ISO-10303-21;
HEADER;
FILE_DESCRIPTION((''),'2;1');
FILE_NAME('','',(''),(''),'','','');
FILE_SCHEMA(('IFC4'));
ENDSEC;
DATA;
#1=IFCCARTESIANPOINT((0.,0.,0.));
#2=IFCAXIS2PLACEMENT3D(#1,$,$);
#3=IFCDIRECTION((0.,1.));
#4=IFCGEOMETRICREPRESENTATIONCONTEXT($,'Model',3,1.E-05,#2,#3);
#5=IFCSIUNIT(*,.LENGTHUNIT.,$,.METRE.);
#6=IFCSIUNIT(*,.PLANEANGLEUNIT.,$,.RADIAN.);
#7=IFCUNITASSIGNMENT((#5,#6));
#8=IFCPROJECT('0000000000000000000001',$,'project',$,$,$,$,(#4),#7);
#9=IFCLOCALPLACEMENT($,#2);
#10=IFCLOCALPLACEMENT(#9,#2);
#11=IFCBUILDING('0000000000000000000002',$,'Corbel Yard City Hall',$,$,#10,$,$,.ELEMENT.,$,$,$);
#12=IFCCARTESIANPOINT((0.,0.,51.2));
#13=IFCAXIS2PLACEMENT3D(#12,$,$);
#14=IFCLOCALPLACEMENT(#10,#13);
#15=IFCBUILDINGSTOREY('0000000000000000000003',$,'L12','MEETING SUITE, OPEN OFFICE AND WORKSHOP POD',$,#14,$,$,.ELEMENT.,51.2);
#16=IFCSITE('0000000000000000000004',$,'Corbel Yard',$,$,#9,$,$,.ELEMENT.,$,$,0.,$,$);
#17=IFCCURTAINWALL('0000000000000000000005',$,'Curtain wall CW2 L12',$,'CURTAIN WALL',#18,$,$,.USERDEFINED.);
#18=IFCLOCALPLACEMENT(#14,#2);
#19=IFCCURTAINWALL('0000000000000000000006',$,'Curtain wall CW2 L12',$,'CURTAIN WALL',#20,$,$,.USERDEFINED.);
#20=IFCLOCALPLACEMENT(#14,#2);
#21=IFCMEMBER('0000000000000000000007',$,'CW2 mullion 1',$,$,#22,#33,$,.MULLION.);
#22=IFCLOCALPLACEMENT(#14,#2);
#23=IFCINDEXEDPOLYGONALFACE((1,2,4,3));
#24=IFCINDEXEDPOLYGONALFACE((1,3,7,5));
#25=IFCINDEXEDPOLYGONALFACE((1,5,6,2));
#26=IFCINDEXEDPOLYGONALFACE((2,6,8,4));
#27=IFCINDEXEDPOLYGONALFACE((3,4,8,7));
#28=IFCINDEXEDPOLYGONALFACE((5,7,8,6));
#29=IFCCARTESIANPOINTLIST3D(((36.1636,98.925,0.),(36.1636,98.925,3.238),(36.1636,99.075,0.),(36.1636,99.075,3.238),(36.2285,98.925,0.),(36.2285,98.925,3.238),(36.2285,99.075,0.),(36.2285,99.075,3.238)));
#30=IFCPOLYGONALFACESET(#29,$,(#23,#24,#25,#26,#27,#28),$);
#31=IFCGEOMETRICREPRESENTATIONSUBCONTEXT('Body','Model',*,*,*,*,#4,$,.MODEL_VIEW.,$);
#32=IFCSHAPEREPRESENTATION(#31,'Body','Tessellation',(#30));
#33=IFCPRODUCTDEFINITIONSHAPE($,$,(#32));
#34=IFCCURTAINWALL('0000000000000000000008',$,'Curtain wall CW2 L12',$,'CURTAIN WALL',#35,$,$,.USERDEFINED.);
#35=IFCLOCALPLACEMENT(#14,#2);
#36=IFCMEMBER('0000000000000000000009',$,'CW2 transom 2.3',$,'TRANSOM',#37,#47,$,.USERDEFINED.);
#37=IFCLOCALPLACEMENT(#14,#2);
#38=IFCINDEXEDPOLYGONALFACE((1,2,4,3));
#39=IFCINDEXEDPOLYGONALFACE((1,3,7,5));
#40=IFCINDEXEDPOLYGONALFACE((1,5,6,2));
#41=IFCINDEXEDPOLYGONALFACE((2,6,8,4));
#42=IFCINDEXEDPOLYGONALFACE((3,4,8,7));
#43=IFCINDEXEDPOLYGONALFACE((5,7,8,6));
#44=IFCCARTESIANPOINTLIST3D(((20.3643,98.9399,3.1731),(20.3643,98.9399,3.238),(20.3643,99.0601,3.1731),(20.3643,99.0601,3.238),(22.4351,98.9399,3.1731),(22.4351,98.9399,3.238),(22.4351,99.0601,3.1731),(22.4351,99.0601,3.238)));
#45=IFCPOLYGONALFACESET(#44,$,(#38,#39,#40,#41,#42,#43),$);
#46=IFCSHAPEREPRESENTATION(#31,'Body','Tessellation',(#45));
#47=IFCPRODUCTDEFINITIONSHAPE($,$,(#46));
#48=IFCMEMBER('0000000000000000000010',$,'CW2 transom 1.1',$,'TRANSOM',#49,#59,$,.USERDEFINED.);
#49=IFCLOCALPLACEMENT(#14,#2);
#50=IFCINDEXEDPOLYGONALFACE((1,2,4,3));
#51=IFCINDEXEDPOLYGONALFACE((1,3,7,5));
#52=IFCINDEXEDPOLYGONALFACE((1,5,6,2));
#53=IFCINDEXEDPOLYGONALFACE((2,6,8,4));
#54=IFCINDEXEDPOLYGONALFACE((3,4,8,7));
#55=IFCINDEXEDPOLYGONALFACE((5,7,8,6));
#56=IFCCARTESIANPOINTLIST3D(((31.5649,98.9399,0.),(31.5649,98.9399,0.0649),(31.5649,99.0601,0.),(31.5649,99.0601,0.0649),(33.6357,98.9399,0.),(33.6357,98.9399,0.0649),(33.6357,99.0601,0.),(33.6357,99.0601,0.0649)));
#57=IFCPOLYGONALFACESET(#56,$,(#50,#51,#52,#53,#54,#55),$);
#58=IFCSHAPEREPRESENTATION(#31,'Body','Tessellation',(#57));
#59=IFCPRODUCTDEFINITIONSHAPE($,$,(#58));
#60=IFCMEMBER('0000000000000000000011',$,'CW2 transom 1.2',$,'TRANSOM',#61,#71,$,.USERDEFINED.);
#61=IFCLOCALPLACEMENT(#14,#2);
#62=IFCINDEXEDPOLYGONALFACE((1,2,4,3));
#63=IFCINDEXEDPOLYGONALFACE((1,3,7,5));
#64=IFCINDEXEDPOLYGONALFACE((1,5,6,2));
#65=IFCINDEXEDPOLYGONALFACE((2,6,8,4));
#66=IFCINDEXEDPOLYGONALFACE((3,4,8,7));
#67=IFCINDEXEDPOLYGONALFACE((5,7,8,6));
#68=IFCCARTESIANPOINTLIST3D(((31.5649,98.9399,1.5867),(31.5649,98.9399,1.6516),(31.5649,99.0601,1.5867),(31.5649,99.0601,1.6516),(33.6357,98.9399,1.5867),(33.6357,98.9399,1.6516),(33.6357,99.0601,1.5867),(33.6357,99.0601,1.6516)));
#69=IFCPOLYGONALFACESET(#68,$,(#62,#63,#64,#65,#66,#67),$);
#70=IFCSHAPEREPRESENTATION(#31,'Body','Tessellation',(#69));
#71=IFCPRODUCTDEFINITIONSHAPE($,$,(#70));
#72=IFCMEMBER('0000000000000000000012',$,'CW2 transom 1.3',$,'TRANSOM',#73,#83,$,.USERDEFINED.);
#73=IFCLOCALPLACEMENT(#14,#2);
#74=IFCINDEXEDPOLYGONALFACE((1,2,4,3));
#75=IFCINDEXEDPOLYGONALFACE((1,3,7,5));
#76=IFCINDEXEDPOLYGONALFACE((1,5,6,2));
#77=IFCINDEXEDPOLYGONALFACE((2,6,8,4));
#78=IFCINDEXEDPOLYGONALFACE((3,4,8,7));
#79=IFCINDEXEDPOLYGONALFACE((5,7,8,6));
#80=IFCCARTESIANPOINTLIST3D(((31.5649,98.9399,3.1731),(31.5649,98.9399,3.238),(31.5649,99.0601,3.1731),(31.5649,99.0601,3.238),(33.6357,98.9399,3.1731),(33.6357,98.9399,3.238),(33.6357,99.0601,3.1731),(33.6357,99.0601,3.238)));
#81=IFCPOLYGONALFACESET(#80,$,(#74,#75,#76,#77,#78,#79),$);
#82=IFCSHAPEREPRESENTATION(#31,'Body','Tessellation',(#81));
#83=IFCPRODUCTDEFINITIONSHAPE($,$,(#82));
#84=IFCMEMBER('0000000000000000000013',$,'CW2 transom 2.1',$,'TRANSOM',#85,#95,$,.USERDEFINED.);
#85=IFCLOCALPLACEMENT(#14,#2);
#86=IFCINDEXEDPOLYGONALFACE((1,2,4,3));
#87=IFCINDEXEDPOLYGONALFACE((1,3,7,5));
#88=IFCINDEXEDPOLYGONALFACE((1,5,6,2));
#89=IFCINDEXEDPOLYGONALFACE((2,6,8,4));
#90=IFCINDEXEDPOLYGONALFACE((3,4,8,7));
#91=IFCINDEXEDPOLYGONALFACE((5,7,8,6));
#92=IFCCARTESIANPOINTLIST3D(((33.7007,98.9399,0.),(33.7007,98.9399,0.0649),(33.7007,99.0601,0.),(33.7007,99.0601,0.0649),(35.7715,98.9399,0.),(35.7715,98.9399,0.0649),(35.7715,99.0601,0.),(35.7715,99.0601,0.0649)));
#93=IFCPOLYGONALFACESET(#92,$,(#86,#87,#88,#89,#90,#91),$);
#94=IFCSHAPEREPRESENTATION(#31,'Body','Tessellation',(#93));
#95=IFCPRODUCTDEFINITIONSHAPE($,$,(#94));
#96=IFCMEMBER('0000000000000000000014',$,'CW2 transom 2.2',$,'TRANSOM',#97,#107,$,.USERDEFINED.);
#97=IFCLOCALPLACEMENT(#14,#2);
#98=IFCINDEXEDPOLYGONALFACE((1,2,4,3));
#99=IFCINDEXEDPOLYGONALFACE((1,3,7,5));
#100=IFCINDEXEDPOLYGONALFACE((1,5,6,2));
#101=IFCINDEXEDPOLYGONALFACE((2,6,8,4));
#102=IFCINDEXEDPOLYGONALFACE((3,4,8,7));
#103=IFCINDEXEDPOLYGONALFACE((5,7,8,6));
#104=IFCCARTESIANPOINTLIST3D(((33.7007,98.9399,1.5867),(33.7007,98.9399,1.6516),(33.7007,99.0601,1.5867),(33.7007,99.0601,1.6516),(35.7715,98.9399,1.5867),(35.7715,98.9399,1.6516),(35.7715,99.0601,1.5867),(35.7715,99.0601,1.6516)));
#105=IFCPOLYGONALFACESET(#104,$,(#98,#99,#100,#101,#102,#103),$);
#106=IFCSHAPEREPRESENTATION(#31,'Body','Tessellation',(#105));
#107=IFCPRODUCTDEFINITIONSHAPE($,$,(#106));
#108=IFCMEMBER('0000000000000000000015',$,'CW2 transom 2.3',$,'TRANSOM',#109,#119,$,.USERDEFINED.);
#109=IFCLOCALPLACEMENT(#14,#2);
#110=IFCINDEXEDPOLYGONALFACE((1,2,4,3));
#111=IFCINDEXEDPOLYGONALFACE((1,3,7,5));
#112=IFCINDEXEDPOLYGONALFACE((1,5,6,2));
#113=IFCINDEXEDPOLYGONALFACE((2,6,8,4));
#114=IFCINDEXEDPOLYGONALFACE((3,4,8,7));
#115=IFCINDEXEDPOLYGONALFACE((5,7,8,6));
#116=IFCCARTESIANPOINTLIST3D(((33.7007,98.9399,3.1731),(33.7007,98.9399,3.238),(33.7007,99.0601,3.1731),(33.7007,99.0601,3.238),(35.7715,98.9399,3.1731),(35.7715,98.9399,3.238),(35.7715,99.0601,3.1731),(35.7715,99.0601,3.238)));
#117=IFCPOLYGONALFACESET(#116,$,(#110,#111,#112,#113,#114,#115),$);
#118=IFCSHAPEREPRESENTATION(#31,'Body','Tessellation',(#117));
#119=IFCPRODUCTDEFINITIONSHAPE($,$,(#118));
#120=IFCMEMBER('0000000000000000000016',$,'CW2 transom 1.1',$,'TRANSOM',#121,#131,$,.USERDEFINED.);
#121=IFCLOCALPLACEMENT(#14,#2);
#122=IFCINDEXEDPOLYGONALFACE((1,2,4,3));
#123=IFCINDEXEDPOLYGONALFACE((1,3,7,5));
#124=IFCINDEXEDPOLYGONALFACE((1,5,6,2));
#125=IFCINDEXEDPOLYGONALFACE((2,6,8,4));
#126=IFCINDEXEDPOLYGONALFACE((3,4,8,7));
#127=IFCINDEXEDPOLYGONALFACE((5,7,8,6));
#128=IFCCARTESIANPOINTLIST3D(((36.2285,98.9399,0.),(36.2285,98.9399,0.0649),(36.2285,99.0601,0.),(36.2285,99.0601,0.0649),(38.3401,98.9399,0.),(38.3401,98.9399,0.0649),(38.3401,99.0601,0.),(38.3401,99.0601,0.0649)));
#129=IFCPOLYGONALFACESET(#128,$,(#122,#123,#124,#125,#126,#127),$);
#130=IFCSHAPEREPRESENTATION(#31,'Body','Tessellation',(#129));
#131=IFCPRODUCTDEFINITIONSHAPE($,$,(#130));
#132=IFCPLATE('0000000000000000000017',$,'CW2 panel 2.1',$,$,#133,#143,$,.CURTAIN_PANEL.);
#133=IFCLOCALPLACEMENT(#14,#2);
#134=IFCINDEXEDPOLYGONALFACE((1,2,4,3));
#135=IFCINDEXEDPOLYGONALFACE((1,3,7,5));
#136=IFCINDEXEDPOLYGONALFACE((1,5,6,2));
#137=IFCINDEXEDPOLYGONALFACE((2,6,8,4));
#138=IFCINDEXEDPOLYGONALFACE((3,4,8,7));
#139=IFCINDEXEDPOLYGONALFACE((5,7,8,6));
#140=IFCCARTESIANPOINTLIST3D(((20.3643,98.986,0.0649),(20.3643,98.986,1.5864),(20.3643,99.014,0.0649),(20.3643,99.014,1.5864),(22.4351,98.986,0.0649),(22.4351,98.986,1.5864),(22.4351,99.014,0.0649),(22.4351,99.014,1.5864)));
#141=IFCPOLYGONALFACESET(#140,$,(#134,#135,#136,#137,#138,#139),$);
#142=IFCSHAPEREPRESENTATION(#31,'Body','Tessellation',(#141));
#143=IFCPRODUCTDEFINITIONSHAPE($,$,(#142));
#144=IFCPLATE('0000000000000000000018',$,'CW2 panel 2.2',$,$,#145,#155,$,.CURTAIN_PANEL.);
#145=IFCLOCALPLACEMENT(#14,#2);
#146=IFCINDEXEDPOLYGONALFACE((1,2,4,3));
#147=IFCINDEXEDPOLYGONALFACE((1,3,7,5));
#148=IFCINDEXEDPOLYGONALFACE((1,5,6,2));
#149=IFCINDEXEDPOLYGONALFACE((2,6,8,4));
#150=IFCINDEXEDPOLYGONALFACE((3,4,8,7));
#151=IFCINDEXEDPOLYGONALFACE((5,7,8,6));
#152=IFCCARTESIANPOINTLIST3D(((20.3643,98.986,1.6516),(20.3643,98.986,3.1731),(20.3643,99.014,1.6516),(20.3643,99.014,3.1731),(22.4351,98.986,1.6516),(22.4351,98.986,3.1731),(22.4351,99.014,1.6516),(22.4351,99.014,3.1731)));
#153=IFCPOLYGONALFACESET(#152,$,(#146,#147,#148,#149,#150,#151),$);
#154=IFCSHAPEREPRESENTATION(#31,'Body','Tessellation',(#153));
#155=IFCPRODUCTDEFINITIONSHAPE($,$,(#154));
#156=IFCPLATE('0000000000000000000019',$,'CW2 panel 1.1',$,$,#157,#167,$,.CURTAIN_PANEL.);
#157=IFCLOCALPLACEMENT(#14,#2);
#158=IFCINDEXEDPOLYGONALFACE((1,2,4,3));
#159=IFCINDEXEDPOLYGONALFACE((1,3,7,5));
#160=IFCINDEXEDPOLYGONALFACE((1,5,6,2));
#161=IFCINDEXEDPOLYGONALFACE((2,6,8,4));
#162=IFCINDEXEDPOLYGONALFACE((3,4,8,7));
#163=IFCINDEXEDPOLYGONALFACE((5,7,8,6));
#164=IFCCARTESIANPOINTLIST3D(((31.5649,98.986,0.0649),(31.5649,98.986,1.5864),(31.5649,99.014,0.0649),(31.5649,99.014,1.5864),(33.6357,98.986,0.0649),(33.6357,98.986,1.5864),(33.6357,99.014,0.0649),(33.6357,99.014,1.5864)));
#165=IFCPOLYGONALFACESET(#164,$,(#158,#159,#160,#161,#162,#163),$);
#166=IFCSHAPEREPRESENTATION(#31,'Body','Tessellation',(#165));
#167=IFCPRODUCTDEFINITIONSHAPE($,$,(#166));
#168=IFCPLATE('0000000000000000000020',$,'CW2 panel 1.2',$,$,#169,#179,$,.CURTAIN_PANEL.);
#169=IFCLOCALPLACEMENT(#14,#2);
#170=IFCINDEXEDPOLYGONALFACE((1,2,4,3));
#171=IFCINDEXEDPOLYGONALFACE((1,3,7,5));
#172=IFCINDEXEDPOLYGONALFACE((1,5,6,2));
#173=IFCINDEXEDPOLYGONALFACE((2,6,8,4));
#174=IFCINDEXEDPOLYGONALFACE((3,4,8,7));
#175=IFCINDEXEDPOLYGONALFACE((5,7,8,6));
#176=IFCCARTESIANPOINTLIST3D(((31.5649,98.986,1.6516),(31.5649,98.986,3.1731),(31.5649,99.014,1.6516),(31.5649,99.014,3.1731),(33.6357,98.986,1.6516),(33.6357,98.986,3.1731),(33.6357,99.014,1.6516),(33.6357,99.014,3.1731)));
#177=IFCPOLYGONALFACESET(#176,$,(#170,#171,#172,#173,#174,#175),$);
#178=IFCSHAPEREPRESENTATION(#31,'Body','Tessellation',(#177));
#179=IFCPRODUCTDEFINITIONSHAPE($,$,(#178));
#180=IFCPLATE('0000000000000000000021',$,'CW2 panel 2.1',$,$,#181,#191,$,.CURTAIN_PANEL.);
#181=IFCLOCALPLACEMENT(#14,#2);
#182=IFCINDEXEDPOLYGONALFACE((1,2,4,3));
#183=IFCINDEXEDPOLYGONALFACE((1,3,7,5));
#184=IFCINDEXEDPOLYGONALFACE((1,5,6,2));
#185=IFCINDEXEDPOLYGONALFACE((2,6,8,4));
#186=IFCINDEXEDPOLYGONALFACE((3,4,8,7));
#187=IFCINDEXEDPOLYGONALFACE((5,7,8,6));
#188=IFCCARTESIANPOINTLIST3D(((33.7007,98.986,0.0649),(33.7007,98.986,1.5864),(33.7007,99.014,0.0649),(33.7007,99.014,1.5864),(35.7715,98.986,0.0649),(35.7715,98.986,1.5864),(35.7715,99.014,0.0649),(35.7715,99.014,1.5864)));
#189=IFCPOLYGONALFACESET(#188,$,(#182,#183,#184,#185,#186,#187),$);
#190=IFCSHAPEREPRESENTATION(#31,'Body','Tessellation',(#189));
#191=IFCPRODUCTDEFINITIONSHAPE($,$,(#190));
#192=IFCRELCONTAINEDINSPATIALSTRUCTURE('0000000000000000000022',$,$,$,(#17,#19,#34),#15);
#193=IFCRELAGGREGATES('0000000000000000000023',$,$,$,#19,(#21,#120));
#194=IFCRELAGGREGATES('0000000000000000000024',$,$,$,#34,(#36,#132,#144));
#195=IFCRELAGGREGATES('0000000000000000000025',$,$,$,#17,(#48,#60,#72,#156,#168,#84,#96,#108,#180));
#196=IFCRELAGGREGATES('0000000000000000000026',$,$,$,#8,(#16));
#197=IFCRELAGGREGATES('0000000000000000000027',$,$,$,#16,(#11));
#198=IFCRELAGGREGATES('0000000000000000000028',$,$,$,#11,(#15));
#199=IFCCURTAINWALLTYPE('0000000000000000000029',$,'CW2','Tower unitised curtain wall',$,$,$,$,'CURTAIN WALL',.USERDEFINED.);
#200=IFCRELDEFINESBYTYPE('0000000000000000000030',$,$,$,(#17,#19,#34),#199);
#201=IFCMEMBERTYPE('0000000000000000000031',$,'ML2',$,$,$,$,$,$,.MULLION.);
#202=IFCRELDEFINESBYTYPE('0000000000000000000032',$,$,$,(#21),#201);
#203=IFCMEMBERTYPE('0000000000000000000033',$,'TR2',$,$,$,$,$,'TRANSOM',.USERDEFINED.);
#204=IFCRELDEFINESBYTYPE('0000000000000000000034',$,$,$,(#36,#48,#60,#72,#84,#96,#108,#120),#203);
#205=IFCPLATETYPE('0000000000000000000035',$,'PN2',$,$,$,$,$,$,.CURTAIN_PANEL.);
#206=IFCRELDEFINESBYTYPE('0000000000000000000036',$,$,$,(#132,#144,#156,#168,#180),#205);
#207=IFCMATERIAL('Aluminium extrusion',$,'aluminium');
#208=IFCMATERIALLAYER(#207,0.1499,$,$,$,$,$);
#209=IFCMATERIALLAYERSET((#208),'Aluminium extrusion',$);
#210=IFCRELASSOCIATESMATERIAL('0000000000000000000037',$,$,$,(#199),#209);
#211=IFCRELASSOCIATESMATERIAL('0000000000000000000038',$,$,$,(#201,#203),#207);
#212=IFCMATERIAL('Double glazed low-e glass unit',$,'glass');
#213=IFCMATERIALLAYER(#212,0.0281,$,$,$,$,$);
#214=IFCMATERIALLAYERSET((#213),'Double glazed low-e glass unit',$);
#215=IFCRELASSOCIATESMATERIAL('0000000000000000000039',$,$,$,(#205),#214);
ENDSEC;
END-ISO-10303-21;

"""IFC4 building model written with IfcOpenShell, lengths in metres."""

from ifc_helpers import new_model, si_unit, direction, frame, origin, origin_2d, place, context, subcontext, project, spatial, rectangle, extrude, material, layer, layer_set, material_profile, profile_set, type_object, element, aggregate, save


model = new_model("IFC4")

# Units and contexts
model_context = context("Model", 3, precision=1e-05, world=origin(), true_north=direction((0.0, 1.0)))
body_context = subcontext(model_context, "Body", "Model", "MODEL_VIEW")
ifc_project = project(units=[si_unit("LENGTHUNIT", "METRE"), si_unit("PLANEANGLEUNIT", "RADIAN")], contexts=[model_context])

# Site, building, storey
site_placement = place(None, origin())
site = spatial("IfcSite", under=ifc_project, at=site_placement, Name="Corbel Yard", CompositionType="ELEMENT", RefElevation=0.0)
building_placement = place(site_placement, origin())
building = spatial("IfcBuilding", under=site, at=building_placement, Name="Corbel Yard City Hall", CompositionType="ELEMENT")
storey_placement = place(building_placement, frame((0.0, 0.0, 51.2)))
storey = spatial("IfcBuildingStorey", under=building, at=storey_placement, Name="L12", Description="MEETING SUITE, OPEN OFFICE AND WORKSHOP POD", CompositionType="ELEMENT", Elevation=51.2)

# Curtain wall
ifc_material_1 = material(Name="Aluminium extrusion", Category="aluminium")
ifc_layer_1 = layer(ifc_material_1, 0.1499)
ifc_layer_set_1 = layer_set([ifc_layer_1], Name="Aluminium extrusion")
curtain_wall_type = type_object("IfcCurtainWallType", Name="CW2", Description="Tower unitised curtain wall", ElementType="CURTAIN WALL", PredefinedType="USERDEFINED", material=ifc_layer_set_1)
curtain_wall_1_placement = place(storey_placement, origin())
curtain_wall_1 = element("IfcCurtainWall", 1, at=curtain_wall_1_placement, inside=storey, type_object=curtain_wall_type, Name="Curtain wall CW2 L12", ObjectType="CURTAIN WALL", PredefinedType="USERDEFINED")
ifc_material_profile_1 = material_profile(ifc_material_1, rectangle(XDim=0.1499, YDim=0.0649, at=origin_2d()), Name="150x65")
ifc_profile_set_1 = profile_set([ifc_material_profile_1], Name="Aluminium extrusion")
member_type_1 = type_object("IfcMemberType", Name="ML2", PredefinedType="MULLION", material=ifc_profile_set_1)

# Curtain walls, members
curtain_wall_2_placement = place(storey_placement, origin())
curtain_wall_2 = element("IfcCurtainWall", 2, at=curtain_wall_2_placement, inside=storey, type_object=curtain_wall_type, Name="Curtain wall CW2 L12", ObjectType="CURTAIN WALL", PredefinedType="USERDEFINED")
member_1_placement = place(storey_placement, frame((36.196, 99.0, 0.0), z_axis=(0.0, 0.0, 1.0), x_axis=(0.0, 1.0, 0.0)))
member_1 = element("IfcMember", 3, at=member_1_placement, type_object=member_type_1, Name="CW2 mullion 1", PredefinedType="MULLION", context=body_context, shape_type="SweptSolid", body=[
    extrude(rectangle(XDim=0.1499, YDim=0.0649, at=origin_2d()), origin(), (0.0, 0.0, 1.0), 3.238),
])
curtain_wall_3_placement = place(storey_placement, origin())
curtain_wall_3 = element("IfcCurtainWall", 4, at=curtain_wall_3_placement, inside=storey, type_object=curtain_wall_type, Name="Curtain wall CW2 L12", ObjectType="CURTAIN WALL", PredefinedType="USERDEFINED")
ifc_material_profile_2 = material_profile(ifc_material_1, rectangle(XDim=0.1201, YDim=0.0649, at=origin_2d()), Name="120x65")
ifc_profile_set_2 = profile_set([ifc_material_profile_2], Name="Aluminium extrusion")
member_type_2 = type_object("IfcMemberType", Name="TR2", ElementType="TRANSOM", PredefinedType="USERDEFINED", material=ifc_profile_set_2)
member_2_placement = place(storey_placement, frame((20.3643, 99.0, 3.2056), z_axis=(1.0, 0.0, 0.0), x_axis=(0.0, 1.0, 0.0)))
member_2 = element("IfcMember", 5, at=member_2_placement, type_object=member_type_2, Name="CW2 transom 2.3", ObjectType="TRANSOM", PredefinedType="USERDEFINED", context=body_context, shape_type="SweptSolid", body=[
    extrude(rectangle(XDim=0.1201, YDim=0.0649, at=origin_2d()), origin(), (0.0, 0.0, 1.0), 2.0708),
])

# Members
member_3_placement = place(storey_placement, frame((31.5649, 99.0, 0.0325), z_axis=(1.0, 0.0, 0.0), x_axis=(0.0, 1.0, 0.0)))
member_3 = element("IfcMember", 6, at=member_3_placement, type_object=member_type_2, Name="CW2 transom 1.1", ObjectType="TRANSOM", PredefinedType="USERDEFINED", context=body_context, shape_type="SweptSolid", body=[
    extrude(rectangle(XDim=0.1201, YDim=0.0649, at=origin_2d()), origin(), (0.0, 0.0, 1.0), 2.0708),
])
member_4_placement = place(storey_placement, frame((31.5649, 99.0, 1.6191), z_axis=(1.0, 0.0, 0.0), x_axis=(0.0, 1.0, 0.0)))
member_4 = element("IfcMember", 7, at=member_4_placement, type_object=member_type_2, Name="CW2 transom 1.2", ObjectType="TRANSOM", PredefinedType="USERDEFINED", context=body_context, shape_type="SweptSolid", body=[
    extrude(rectangle(XDim=0.1201, YDim=0.0649, at=origin_2d()), origin(), (0.0, 0.0, 1.0), 2.0708),
])
member_5_placement = place(storey_placement, frame((31.5649, 99.0, 3.2056), z_axis=(1.0, 0.0, 0.0), x_axis=(0.0, 1.0, 0.0)))
member_5 = element("IfcMember", 8, at=member_5_placement, type_object=member_type_2, Name="CW2 transom 1.3", ObjectType="TRANSOM", PredefinedType="USERDEFINED", context=body_context, shape_type="SweptSolid", body=[
    extrude(rectangle(XDim=0.1201, YDim=0.0649, at=origin_2d()), origin(), (0.0, 0.0, 1.0), 2.0708),
])
member_6_placement = place(storey_placement, frame((33.7007, 99.0, 0.0325), z_axis=(1.0, 0.0, 0.0), x_axis=(0.0, 1.0, 0.0)))
member_6 = element("IfcMember", 9, at=member_6_placement, type_object=member_type_2, Name="CW2 transom 2.1", ObjectType="TRANSOM", PredefinedType="USERDEFINED", context=body_context, shape_type="SweptSolid", body=[
    extrude(rectangle(XDim=0.1201, YDim=0.0649, at=origin_2d()), origin(), (0.0, 0.0, 1.0), 2.0708),
])
member_7_placement = place(storey_placement, frame((33.7007, 99.0, 1.6191), z_axis=(1.0, 0.0, 0.0), x_axis=(0.0, 1.0, 0.0)))
member_7 = element("IfcMember", 10, at=member_7_placement, type_object=member_type_2, Name="CW2 transom 2.2", ObjectType="TRANSOM", PredefinedType="USERDEFINED", context=body_context, shape_type="SweptSolid", body=[
    extrude(rectangle(XDim=0.1201, YDim=0.0649, at=origin_2d()), origin(), (0.0, 0.0, 1.0), 2.0708),
])
member_8_placement = place(storey_placement, frame((33.7007, 99.0, 3.2056), z_axis=(1.0, 0.0, 0.0), x_axis=(0.0, 1.0, 0.0)))
member_8 = element("IfcMember", 11, at=member_8_placement, type_object=member_type_2, Name="CW2 transom 2.3", ObjectType="TRANSOM", PredefinedType="USERDEFINED", context=body_context, shape_type="SweptSolid", body=[
    extrude(rectangle(XDim=0.1201, YDim=0.0649, at=origin_2d()), origin(), (0.0, 0.0, 1.0), 2.0708),
])
member_9_placement = place(storey_placement, frame((36.2285, 99.0, 0.0325), z_axis=(1.0, 0.0, 0.0), x_axis=(0.0, 1.0, 0.0)))
member_9 = element("IfcMember", 12, at=member_9_placement, type_object=member_type_2, Name="CW2 transom 1.1", ObjectType="TRANSOM", PredefinedType="USERDEFINED", context=body_context, shape_type="SweptSolid", body=[
    extrude(rectangle(XDim=0.1201, YDim=0.0649, at=origin_2d()), origin(), (0.0, 0.0, 1.0), 2.1116),
])
aggregate(curtain_wall_2, [member_1, member_9])

# Plates
ifc_material_2 = material(Name="Double glazed low-e glass unit", Category="glass")
ifc_layer_2 = layer(ifc_material_2, 0.0281)
ifc_layer_set_2 = layer_set([ifc_layer_2], Name="Double glazed low-e glass unit")
plate_type = type_object("IfcPlateType", Name="PN2", PredefinedType="CURTAIN_PANEL", material=ifc_layer_set_2)
plate_1_placement = place(storey_placement, frame((21.3997, 99.0, 0.0649), z_axis=(0.0, 0.0, 1.0), x_axis=(1.0, 0.0, 0.0)))
plate_1 = element("IfcPlate", 13, at=plate_1_placement, type_object=plate_type, Name="CW2 panel 2.1", PredefinedType="CURTAIN_PANEL", context=body_context, shape_type="SweptSolid", body=[
    extrude(rectangle(XDim=2.0708, YDim=0.0281, at=origin_2d()), origin(), (0.0, 0.0, 1.0), 1.5215),
])
plate_2_placement = place(storey_placement, frame((21.3997, 99.0, 1.6516), z_axis=(0.0, 0.0, 1.0), x_axis=(1.0, 0.0, 0.0)))
plate_2 = element("IfcPlate", 14, at=plate_2_placement, type_object=plate_type, Name="CW2 panel 2.2", PredefinedType="CURTAIN_PANEL", context=body_context, shape_type="SweptSolid", body=[
    extrude(rectangle(XDim=2.0708, YDim=0.0281, at=origin_2d()), origin(), (0.0, 0.0, 1.0), 1.5215),
])
aggregate(curtain_wall_3, [member_2, plate_1, plate_2])
plate_3_placement = place(storey_placement, frame((32.6003, 99.0, 0.0649), z_axis=(0.0, 0.0, 1.0), x_axis=(1.0, 0.0, 0.0)))
plate_3 = element("IfcPlate", 15, at=plate_3_placement, type_object=plate_type, Name="CW2 panel 1.1", PredefinedType="CURTAIN_PANEL", context=body_context, shape_type="SweptSolid", body=[
    extrude(rectangle(XDim=2.0708, YDim=0.0281, at=origin_2d()), origin(), (0.0, 0.0, 1.0), 1.5215),
])
plate_4_placement = place(storey_placement, frame((32.6003, 99.0, 1.6516), z_axis=(0.0, 0.0, 1.0), x_axis=(1.0, 0.0, 0.0)))
plate_4 = element("IfcPlate", 16, at=plate_4_placement, type_object=plate_type, Name="CW2 panel 1.2", PredefinedType="CURTAIN_PANEL", context=body_context, shape_type="SweptSolid", body=[
    extrude(rectangle(XDim=2.0708, YDim=0.0281, at=origin_2d()), origin(), (0.0, 0.0, 1.0), 1.5215),
])
plate_5_placement = place(storey_placement, frame((34.7361, 99.0, 0.0649), z_axis=(0.0, 0.0, 1.0), x_axis=(1.0, 0.0, 0.0)))
plate_5 = element("IfcPlate", 17, at=plate_5_placement, type_object=plate_type, Name="CW2 panel 2.1", PredefinedType="CURTAIN_PANEL", context=body_context, shape_type="SweptSolid", body=[
    extrude(rectangle(XDim=2.0708, YDim=0.0281, at=origin_2d()), origin(), (0.0, 0.0, 1.0), 1.5215),
])
aggregate(curtain_wall_1, [member_3, member_4, member_5, plate_3, plate_4, member_6, member_7, member_8, plate_5])

save(model, "model.ifc")
